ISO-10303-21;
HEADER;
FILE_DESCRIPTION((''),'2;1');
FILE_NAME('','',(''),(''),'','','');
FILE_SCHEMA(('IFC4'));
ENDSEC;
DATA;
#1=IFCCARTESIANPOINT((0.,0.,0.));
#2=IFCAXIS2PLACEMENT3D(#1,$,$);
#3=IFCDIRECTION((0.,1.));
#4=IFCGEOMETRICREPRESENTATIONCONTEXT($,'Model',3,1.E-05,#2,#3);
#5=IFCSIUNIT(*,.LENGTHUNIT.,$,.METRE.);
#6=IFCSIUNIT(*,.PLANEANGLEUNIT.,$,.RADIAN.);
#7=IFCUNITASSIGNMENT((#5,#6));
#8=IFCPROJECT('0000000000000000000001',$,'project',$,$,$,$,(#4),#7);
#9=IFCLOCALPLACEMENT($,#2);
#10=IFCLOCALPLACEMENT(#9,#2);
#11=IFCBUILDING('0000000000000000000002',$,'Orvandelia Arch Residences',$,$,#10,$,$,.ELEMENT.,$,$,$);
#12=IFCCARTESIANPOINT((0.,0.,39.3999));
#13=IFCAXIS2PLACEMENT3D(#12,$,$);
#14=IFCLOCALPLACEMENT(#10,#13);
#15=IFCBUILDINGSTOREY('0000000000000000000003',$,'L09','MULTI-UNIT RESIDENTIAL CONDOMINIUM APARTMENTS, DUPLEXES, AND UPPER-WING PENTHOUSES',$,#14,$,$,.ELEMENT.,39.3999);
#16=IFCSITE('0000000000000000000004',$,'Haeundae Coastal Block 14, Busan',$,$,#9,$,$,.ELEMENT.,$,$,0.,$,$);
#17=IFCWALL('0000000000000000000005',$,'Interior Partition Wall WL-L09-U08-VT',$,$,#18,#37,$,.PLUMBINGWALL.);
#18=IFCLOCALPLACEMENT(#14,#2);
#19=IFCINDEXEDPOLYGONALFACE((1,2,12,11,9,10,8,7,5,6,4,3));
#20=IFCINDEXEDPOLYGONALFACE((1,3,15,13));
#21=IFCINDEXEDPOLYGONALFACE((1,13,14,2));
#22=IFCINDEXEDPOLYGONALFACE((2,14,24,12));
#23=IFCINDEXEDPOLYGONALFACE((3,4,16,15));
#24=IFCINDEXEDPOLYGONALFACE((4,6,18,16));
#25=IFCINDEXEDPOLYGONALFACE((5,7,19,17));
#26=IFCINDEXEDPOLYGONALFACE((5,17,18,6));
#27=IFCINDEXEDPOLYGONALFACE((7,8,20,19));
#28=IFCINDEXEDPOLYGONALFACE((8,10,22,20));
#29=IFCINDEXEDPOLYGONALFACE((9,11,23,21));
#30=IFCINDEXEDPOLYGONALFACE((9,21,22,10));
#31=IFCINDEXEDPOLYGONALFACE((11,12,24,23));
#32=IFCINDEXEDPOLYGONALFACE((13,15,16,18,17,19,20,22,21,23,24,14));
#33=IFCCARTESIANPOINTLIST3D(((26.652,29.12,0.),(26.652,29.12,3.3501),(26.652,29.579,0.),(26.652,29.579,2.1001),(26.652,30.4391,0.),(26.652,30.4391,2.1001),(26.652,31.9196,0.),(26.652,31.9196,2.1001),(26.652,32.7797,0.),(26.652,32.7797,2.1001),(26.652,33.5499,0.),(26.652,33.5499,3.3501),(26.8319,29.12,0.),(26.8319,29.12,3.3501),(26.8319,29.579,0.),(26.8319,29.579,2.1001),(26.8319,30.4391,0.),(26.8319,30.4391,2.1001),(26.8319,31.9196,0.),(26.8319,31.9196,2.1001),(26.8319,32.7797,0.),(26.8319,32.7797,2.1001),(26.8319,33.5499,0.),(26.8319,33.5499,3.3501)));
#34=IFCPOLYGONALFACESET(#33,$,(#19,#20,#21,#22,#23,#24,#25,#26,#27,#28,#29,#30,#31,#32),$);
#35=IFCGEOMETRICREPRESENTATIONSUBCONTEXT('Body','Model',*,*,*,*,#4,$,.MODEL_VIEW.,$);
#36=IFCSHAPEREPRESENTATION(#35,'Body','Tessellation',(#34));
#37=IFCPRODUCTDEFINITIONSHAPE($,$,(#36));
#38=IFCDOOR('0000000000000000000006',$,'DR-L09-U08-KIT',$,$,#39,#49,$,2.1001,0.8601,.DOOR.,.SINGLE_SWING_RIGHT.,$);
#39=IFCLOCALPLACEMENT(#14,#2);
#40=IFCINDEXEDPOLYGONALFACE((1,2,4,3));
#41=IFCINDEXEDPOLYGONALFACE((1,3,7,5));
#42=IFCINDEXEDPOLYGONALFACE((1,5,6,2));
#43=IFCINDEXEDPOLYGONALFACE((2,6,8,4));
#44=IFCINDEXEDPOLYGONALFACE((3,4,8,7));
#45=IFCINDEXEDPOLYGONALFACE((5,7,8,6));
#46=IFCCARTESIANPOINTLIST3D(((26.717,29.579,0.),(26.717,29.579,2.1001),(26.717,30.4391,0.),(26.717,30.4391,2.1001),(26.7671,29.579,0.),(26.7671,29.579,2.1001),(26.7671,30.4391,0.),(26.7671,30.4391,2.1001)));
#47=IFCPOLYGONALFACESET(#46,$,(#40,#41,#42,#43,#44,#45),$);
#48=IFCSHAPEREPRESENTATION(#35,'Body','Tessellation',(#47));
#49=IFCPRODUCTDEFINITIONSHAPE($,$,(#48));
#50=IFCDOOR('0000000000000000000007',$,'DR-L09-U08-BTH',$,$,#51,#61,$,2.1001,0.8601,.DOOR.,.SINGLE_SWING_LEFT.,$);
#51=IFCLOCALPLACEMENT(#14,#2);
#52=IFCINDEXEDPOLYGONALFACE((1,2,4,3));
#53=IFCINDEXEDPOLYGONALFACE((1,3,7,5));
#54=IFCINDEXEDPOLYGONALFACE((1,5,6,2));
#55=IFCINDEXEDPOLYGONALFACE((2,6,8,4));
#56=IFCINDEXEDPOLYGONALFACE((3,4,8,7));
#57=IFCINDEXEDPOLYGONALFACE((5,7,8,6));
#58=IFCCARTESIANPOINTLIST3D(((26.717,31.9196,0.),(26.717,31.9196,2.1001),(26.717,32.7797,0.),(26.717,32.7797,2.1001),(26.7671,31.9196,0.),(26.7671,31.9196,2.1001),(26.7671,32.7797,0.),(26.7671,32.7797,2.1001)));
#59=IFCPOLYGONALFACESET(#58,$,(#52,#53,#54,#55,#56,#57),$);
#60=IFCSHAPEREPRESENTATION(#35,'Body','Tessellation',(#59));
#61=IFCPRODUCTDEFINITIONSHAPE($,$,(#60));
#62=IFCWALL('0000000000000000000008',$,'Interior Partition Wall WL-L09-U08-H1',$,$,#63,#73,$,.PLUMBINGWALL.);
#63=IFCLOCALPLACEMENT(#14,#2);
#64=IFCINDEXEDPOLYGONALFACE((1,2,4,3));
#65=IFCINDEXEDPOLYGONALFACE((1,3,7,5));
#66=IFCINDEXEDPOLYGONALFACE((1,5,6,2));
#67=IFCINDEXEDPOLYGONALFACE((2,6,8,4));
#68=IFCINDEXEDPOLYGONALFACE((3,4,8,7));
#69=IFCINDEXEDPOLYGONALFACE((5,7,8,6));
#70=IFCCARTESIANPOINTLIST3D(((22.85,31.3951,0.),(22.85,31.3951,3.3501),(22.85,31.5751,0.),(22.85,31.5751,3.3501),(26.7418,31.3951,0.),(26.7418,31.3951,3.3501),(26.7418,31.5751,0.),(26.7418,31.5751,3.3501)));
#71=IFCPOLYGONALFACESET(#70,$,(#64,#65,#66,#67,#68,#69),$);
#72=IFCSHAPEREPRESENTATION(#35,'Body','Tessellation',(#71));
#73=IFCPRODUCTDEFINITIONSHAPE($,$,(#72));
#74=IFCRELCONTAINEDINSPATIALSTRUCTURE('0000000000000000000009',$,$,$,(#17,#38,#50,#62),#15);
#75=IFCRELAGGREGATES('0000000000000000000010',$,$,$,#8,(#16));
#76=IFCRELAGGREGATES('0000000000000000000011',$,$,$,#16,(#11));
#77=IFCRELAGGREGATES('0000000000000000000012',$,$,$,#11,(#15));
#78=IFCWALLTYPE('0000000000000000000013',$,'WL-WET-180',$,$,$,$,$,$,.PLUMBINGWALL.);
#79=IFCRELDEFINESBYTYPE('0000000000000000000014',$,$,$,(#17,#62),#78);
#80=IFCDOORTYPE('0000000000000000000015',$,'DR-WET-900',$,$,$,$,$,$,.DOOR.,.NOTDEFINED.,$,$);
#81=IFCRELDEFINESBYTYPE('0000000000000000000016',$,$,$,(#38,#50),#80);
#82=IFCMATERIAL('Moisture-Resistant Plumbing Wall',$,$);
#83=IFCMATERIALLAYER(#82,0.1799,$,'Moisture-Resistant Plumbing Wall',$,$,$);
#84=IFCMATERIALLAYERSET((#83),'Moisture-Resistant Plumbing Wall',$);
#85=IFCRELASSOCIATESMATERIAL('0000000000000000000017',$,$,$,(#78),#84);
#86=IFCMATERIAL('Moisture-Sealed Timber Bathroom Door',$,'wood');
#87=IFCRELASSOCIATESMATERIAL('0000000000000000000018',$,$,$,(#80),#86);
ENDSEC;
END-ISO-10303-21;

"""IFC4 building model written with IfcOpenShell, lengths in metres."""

from ifc_helpers import new_model, si_unit, direction, frame, frame_2d, origin, place, context, subcontext, project, spatial, rectangle, extrude, material, layer, layer_set, type_object, element, fill, save


model = new_model("IFC4")

# Units and contexts
model_context = context("Model", 3, precision=1e-05, world=origin(), true_north=direction((0.0, 1.0)))
body_context = subcontext(model_context, "Body", "Model", "MODEL_VIEW")
ifc_project = project(units=[si_unit("LENGTHUNIT", "METRE"), si_unit("PLANEANGLEUNIT", "RADIAN")], contexts=[model_context])

# Site, building, storey
site_placement = place(None, origin())
site = spatial("IfcSite", under=ifc_project, at=site_placement, Name="Haeundae Coastal Block 14, Busan", CompositionType="ELEMENT", RefElevation=0.0)
building_placement = place(site_placement, origin())
building = spatial("IfcBuilding", under=site, at=building_placement, Name="Orvandelia Arch Residences", CompositionType="ELEMENT")
storey_placement = place(building_placement, frame((0.0, 0.0, 39.3999)))
storey = spatial("IfcBuildingStorey", under=building, at=storey_placement, Name="L09", Description="MULTI-UNIT RESIDENTIAL CONDOMINIUM APARTMENTS, DUPLEXES, AND UPPER-WING PENTHOUSES", CompositionType="ELEMENT", Elevation=39.3999)

# Wall, openings, doors
ifc_material_1 = material(Name="Moisture-Resistant Plumbing Wall")
ifc_layer_1 = layer(ifc_material_1, 0.1799, Name="Moisture-Resistant Plumbing Wall")
ifc_layer_set_1 = layer_set([ifc_layer_1], Name="Moisture-Resistant Plumbing Wall")
wall_type_1 = type_object("IfcWallType", Name="WL-WET-180", PredefinedType="PLUMBINGWALL", material=ifc_layer_set_1)
wall_1_placement = place(storey_placement, frame((26.7419, 29.1201, 0.0), z_axis=(0.0, 0.0, 1.0), x_axis=(0.0, 1.0, 0.0)))
wall_1 = element("IfcWall", 1, at=wall_1_placement, inside=storey, type_object=wall_type_1, Name="Interior Partition Wall WL-L09-U08-VT", PredefinedType="PLUMBINGWALL", context=body_context, shape_type="SweptSolid", body=[
    extrude(rectangle(XDim=4.4299, YDim=0.1799, at=frame_2d((2.2148, 0.0))), origin(), (0.0, 0.0, 1.0), 3.3501),
])
opening_1_placement = place(wall_1_placement, frame((0.4587, 0.0, 0.0)))
opening_1 = element("IfcOpeningElement", 2, at=opening_1_placement, cuts=wall_1, PredefinedType="OPENING", context=body_context, shape_type="SweptSolid", body=[
    extrude(rectangle(XDim=0.8601, YDim=2.1001, at=frame_2d((0.4302, 1.05))), frame((0.0, 0.1001, 0.0), z_axis=(0.0, -1.0, 0.0), x_axis=(1.0, 0.0, 0.0)), (0.0, 0.0, 1.0), 0.2),
])
opening_2_placement = place(wall_1_placement, frame((2.7993, 0.0, 0.0)))
opening_2 = element("IfcOpeningElement", 3, at=opening_2_placement, cuts=wall_1, PredefinedType="OPENING", context=body_context, shape_type="SweptSolid", body=[
    extrude(rectangle(XDim=0.8601, YDim=2.1001, at=frame_2d((0.4302, 1.05))), frame((0.0, 0.1001, 0.0), z_axis=(0.0, -1.0, 0.0), x_axis=(1.0, 0.0, 0.0)), (0.0, 0.0, 1.0), 0.2),
])
ifc_material_2 = material(Name="Moisture-Sealed Timber Bathroom Door", Category="wood")
door_type_1 = type_object("IfcDoorType", Name="DR-WET-900", OperationType="NOTDEFINED", PredefinedType="DOOR", material=ifc_material_2)
door_1_placement = place(opening_1_placement, origin())
door_1 = element("IfcDoor", 4, at=door_1_placement, inside=storey, type_object=door_type_1, Name="DR-L09-U08-KIT", OperationType="SINGLE_SWING_RIGHT", OverallHeight=2.1001, OverallWidth=0.8601, PredefinedType="DOOR", context=body_context, shape_type="SweptSolid", body=[
    extrude(rectangle(XDim=0.8601, YDim=2.1001, at=frame_2d((0.4302, 1.05))), frame((0.0, 0.0249, 0.0), z_axis=(0.0, -1.0, 0.0), x_axis=(1.0, 0.0, 0.0)), (0.0, 0.0, 1.0), 0.05),
])
fill(opening_1, door_1)
door_2_placement = place(opening_2_placement, origin())
door_2 = element("IfcDoor", 5, at=door_2_placement, inside=storey, type_object=door_type_1, Name="DR-L09-U08-BTH", OperationType="SINGLE_SWING_LEFT", OverallHeight=2.1001, OverallWidth=0.8601, PredefinedType="DOOR", context=body_context, shape_type="SweptSolid", body=[
    extrude(rectangle(XDim=0.8601, YDim=2.1001, at=frame_2d((0.4302, 1.05))), frame((0.0, 0.0249, 0.0), z_axis=(0.0, -1.0, 0.0), x_axis=(1.0, 0.0, 0.0)), (0.0, 0.0, 1.0), 0.05),
])
fill(opening_2, door_2)

# Wall
wall_2_placement = place(storey_placement, frame((22.8501, 31.4851, 0.0), z_axis=(0.0, 0.0, 1.0), x_axis=(1.0, 0.0, 0.0)))
element("IfcWall", 6, at=wall_2_placement, inside=storey, type_object=wall_type_1, Name="Interior Partition Wall WL-L09-U08-H1", PredefinedType="PLUMBINGWALL", context=body_context, shape_type="SweptSolid", body=[
    extrude(rectangle(XDim=3.8918, YDim=0.1799, at=frame_2d((1.9458, 0.0))), origin(), (0.0, 0.0, 1.0), 3.3501),
])

save(model, "model.ifc")
